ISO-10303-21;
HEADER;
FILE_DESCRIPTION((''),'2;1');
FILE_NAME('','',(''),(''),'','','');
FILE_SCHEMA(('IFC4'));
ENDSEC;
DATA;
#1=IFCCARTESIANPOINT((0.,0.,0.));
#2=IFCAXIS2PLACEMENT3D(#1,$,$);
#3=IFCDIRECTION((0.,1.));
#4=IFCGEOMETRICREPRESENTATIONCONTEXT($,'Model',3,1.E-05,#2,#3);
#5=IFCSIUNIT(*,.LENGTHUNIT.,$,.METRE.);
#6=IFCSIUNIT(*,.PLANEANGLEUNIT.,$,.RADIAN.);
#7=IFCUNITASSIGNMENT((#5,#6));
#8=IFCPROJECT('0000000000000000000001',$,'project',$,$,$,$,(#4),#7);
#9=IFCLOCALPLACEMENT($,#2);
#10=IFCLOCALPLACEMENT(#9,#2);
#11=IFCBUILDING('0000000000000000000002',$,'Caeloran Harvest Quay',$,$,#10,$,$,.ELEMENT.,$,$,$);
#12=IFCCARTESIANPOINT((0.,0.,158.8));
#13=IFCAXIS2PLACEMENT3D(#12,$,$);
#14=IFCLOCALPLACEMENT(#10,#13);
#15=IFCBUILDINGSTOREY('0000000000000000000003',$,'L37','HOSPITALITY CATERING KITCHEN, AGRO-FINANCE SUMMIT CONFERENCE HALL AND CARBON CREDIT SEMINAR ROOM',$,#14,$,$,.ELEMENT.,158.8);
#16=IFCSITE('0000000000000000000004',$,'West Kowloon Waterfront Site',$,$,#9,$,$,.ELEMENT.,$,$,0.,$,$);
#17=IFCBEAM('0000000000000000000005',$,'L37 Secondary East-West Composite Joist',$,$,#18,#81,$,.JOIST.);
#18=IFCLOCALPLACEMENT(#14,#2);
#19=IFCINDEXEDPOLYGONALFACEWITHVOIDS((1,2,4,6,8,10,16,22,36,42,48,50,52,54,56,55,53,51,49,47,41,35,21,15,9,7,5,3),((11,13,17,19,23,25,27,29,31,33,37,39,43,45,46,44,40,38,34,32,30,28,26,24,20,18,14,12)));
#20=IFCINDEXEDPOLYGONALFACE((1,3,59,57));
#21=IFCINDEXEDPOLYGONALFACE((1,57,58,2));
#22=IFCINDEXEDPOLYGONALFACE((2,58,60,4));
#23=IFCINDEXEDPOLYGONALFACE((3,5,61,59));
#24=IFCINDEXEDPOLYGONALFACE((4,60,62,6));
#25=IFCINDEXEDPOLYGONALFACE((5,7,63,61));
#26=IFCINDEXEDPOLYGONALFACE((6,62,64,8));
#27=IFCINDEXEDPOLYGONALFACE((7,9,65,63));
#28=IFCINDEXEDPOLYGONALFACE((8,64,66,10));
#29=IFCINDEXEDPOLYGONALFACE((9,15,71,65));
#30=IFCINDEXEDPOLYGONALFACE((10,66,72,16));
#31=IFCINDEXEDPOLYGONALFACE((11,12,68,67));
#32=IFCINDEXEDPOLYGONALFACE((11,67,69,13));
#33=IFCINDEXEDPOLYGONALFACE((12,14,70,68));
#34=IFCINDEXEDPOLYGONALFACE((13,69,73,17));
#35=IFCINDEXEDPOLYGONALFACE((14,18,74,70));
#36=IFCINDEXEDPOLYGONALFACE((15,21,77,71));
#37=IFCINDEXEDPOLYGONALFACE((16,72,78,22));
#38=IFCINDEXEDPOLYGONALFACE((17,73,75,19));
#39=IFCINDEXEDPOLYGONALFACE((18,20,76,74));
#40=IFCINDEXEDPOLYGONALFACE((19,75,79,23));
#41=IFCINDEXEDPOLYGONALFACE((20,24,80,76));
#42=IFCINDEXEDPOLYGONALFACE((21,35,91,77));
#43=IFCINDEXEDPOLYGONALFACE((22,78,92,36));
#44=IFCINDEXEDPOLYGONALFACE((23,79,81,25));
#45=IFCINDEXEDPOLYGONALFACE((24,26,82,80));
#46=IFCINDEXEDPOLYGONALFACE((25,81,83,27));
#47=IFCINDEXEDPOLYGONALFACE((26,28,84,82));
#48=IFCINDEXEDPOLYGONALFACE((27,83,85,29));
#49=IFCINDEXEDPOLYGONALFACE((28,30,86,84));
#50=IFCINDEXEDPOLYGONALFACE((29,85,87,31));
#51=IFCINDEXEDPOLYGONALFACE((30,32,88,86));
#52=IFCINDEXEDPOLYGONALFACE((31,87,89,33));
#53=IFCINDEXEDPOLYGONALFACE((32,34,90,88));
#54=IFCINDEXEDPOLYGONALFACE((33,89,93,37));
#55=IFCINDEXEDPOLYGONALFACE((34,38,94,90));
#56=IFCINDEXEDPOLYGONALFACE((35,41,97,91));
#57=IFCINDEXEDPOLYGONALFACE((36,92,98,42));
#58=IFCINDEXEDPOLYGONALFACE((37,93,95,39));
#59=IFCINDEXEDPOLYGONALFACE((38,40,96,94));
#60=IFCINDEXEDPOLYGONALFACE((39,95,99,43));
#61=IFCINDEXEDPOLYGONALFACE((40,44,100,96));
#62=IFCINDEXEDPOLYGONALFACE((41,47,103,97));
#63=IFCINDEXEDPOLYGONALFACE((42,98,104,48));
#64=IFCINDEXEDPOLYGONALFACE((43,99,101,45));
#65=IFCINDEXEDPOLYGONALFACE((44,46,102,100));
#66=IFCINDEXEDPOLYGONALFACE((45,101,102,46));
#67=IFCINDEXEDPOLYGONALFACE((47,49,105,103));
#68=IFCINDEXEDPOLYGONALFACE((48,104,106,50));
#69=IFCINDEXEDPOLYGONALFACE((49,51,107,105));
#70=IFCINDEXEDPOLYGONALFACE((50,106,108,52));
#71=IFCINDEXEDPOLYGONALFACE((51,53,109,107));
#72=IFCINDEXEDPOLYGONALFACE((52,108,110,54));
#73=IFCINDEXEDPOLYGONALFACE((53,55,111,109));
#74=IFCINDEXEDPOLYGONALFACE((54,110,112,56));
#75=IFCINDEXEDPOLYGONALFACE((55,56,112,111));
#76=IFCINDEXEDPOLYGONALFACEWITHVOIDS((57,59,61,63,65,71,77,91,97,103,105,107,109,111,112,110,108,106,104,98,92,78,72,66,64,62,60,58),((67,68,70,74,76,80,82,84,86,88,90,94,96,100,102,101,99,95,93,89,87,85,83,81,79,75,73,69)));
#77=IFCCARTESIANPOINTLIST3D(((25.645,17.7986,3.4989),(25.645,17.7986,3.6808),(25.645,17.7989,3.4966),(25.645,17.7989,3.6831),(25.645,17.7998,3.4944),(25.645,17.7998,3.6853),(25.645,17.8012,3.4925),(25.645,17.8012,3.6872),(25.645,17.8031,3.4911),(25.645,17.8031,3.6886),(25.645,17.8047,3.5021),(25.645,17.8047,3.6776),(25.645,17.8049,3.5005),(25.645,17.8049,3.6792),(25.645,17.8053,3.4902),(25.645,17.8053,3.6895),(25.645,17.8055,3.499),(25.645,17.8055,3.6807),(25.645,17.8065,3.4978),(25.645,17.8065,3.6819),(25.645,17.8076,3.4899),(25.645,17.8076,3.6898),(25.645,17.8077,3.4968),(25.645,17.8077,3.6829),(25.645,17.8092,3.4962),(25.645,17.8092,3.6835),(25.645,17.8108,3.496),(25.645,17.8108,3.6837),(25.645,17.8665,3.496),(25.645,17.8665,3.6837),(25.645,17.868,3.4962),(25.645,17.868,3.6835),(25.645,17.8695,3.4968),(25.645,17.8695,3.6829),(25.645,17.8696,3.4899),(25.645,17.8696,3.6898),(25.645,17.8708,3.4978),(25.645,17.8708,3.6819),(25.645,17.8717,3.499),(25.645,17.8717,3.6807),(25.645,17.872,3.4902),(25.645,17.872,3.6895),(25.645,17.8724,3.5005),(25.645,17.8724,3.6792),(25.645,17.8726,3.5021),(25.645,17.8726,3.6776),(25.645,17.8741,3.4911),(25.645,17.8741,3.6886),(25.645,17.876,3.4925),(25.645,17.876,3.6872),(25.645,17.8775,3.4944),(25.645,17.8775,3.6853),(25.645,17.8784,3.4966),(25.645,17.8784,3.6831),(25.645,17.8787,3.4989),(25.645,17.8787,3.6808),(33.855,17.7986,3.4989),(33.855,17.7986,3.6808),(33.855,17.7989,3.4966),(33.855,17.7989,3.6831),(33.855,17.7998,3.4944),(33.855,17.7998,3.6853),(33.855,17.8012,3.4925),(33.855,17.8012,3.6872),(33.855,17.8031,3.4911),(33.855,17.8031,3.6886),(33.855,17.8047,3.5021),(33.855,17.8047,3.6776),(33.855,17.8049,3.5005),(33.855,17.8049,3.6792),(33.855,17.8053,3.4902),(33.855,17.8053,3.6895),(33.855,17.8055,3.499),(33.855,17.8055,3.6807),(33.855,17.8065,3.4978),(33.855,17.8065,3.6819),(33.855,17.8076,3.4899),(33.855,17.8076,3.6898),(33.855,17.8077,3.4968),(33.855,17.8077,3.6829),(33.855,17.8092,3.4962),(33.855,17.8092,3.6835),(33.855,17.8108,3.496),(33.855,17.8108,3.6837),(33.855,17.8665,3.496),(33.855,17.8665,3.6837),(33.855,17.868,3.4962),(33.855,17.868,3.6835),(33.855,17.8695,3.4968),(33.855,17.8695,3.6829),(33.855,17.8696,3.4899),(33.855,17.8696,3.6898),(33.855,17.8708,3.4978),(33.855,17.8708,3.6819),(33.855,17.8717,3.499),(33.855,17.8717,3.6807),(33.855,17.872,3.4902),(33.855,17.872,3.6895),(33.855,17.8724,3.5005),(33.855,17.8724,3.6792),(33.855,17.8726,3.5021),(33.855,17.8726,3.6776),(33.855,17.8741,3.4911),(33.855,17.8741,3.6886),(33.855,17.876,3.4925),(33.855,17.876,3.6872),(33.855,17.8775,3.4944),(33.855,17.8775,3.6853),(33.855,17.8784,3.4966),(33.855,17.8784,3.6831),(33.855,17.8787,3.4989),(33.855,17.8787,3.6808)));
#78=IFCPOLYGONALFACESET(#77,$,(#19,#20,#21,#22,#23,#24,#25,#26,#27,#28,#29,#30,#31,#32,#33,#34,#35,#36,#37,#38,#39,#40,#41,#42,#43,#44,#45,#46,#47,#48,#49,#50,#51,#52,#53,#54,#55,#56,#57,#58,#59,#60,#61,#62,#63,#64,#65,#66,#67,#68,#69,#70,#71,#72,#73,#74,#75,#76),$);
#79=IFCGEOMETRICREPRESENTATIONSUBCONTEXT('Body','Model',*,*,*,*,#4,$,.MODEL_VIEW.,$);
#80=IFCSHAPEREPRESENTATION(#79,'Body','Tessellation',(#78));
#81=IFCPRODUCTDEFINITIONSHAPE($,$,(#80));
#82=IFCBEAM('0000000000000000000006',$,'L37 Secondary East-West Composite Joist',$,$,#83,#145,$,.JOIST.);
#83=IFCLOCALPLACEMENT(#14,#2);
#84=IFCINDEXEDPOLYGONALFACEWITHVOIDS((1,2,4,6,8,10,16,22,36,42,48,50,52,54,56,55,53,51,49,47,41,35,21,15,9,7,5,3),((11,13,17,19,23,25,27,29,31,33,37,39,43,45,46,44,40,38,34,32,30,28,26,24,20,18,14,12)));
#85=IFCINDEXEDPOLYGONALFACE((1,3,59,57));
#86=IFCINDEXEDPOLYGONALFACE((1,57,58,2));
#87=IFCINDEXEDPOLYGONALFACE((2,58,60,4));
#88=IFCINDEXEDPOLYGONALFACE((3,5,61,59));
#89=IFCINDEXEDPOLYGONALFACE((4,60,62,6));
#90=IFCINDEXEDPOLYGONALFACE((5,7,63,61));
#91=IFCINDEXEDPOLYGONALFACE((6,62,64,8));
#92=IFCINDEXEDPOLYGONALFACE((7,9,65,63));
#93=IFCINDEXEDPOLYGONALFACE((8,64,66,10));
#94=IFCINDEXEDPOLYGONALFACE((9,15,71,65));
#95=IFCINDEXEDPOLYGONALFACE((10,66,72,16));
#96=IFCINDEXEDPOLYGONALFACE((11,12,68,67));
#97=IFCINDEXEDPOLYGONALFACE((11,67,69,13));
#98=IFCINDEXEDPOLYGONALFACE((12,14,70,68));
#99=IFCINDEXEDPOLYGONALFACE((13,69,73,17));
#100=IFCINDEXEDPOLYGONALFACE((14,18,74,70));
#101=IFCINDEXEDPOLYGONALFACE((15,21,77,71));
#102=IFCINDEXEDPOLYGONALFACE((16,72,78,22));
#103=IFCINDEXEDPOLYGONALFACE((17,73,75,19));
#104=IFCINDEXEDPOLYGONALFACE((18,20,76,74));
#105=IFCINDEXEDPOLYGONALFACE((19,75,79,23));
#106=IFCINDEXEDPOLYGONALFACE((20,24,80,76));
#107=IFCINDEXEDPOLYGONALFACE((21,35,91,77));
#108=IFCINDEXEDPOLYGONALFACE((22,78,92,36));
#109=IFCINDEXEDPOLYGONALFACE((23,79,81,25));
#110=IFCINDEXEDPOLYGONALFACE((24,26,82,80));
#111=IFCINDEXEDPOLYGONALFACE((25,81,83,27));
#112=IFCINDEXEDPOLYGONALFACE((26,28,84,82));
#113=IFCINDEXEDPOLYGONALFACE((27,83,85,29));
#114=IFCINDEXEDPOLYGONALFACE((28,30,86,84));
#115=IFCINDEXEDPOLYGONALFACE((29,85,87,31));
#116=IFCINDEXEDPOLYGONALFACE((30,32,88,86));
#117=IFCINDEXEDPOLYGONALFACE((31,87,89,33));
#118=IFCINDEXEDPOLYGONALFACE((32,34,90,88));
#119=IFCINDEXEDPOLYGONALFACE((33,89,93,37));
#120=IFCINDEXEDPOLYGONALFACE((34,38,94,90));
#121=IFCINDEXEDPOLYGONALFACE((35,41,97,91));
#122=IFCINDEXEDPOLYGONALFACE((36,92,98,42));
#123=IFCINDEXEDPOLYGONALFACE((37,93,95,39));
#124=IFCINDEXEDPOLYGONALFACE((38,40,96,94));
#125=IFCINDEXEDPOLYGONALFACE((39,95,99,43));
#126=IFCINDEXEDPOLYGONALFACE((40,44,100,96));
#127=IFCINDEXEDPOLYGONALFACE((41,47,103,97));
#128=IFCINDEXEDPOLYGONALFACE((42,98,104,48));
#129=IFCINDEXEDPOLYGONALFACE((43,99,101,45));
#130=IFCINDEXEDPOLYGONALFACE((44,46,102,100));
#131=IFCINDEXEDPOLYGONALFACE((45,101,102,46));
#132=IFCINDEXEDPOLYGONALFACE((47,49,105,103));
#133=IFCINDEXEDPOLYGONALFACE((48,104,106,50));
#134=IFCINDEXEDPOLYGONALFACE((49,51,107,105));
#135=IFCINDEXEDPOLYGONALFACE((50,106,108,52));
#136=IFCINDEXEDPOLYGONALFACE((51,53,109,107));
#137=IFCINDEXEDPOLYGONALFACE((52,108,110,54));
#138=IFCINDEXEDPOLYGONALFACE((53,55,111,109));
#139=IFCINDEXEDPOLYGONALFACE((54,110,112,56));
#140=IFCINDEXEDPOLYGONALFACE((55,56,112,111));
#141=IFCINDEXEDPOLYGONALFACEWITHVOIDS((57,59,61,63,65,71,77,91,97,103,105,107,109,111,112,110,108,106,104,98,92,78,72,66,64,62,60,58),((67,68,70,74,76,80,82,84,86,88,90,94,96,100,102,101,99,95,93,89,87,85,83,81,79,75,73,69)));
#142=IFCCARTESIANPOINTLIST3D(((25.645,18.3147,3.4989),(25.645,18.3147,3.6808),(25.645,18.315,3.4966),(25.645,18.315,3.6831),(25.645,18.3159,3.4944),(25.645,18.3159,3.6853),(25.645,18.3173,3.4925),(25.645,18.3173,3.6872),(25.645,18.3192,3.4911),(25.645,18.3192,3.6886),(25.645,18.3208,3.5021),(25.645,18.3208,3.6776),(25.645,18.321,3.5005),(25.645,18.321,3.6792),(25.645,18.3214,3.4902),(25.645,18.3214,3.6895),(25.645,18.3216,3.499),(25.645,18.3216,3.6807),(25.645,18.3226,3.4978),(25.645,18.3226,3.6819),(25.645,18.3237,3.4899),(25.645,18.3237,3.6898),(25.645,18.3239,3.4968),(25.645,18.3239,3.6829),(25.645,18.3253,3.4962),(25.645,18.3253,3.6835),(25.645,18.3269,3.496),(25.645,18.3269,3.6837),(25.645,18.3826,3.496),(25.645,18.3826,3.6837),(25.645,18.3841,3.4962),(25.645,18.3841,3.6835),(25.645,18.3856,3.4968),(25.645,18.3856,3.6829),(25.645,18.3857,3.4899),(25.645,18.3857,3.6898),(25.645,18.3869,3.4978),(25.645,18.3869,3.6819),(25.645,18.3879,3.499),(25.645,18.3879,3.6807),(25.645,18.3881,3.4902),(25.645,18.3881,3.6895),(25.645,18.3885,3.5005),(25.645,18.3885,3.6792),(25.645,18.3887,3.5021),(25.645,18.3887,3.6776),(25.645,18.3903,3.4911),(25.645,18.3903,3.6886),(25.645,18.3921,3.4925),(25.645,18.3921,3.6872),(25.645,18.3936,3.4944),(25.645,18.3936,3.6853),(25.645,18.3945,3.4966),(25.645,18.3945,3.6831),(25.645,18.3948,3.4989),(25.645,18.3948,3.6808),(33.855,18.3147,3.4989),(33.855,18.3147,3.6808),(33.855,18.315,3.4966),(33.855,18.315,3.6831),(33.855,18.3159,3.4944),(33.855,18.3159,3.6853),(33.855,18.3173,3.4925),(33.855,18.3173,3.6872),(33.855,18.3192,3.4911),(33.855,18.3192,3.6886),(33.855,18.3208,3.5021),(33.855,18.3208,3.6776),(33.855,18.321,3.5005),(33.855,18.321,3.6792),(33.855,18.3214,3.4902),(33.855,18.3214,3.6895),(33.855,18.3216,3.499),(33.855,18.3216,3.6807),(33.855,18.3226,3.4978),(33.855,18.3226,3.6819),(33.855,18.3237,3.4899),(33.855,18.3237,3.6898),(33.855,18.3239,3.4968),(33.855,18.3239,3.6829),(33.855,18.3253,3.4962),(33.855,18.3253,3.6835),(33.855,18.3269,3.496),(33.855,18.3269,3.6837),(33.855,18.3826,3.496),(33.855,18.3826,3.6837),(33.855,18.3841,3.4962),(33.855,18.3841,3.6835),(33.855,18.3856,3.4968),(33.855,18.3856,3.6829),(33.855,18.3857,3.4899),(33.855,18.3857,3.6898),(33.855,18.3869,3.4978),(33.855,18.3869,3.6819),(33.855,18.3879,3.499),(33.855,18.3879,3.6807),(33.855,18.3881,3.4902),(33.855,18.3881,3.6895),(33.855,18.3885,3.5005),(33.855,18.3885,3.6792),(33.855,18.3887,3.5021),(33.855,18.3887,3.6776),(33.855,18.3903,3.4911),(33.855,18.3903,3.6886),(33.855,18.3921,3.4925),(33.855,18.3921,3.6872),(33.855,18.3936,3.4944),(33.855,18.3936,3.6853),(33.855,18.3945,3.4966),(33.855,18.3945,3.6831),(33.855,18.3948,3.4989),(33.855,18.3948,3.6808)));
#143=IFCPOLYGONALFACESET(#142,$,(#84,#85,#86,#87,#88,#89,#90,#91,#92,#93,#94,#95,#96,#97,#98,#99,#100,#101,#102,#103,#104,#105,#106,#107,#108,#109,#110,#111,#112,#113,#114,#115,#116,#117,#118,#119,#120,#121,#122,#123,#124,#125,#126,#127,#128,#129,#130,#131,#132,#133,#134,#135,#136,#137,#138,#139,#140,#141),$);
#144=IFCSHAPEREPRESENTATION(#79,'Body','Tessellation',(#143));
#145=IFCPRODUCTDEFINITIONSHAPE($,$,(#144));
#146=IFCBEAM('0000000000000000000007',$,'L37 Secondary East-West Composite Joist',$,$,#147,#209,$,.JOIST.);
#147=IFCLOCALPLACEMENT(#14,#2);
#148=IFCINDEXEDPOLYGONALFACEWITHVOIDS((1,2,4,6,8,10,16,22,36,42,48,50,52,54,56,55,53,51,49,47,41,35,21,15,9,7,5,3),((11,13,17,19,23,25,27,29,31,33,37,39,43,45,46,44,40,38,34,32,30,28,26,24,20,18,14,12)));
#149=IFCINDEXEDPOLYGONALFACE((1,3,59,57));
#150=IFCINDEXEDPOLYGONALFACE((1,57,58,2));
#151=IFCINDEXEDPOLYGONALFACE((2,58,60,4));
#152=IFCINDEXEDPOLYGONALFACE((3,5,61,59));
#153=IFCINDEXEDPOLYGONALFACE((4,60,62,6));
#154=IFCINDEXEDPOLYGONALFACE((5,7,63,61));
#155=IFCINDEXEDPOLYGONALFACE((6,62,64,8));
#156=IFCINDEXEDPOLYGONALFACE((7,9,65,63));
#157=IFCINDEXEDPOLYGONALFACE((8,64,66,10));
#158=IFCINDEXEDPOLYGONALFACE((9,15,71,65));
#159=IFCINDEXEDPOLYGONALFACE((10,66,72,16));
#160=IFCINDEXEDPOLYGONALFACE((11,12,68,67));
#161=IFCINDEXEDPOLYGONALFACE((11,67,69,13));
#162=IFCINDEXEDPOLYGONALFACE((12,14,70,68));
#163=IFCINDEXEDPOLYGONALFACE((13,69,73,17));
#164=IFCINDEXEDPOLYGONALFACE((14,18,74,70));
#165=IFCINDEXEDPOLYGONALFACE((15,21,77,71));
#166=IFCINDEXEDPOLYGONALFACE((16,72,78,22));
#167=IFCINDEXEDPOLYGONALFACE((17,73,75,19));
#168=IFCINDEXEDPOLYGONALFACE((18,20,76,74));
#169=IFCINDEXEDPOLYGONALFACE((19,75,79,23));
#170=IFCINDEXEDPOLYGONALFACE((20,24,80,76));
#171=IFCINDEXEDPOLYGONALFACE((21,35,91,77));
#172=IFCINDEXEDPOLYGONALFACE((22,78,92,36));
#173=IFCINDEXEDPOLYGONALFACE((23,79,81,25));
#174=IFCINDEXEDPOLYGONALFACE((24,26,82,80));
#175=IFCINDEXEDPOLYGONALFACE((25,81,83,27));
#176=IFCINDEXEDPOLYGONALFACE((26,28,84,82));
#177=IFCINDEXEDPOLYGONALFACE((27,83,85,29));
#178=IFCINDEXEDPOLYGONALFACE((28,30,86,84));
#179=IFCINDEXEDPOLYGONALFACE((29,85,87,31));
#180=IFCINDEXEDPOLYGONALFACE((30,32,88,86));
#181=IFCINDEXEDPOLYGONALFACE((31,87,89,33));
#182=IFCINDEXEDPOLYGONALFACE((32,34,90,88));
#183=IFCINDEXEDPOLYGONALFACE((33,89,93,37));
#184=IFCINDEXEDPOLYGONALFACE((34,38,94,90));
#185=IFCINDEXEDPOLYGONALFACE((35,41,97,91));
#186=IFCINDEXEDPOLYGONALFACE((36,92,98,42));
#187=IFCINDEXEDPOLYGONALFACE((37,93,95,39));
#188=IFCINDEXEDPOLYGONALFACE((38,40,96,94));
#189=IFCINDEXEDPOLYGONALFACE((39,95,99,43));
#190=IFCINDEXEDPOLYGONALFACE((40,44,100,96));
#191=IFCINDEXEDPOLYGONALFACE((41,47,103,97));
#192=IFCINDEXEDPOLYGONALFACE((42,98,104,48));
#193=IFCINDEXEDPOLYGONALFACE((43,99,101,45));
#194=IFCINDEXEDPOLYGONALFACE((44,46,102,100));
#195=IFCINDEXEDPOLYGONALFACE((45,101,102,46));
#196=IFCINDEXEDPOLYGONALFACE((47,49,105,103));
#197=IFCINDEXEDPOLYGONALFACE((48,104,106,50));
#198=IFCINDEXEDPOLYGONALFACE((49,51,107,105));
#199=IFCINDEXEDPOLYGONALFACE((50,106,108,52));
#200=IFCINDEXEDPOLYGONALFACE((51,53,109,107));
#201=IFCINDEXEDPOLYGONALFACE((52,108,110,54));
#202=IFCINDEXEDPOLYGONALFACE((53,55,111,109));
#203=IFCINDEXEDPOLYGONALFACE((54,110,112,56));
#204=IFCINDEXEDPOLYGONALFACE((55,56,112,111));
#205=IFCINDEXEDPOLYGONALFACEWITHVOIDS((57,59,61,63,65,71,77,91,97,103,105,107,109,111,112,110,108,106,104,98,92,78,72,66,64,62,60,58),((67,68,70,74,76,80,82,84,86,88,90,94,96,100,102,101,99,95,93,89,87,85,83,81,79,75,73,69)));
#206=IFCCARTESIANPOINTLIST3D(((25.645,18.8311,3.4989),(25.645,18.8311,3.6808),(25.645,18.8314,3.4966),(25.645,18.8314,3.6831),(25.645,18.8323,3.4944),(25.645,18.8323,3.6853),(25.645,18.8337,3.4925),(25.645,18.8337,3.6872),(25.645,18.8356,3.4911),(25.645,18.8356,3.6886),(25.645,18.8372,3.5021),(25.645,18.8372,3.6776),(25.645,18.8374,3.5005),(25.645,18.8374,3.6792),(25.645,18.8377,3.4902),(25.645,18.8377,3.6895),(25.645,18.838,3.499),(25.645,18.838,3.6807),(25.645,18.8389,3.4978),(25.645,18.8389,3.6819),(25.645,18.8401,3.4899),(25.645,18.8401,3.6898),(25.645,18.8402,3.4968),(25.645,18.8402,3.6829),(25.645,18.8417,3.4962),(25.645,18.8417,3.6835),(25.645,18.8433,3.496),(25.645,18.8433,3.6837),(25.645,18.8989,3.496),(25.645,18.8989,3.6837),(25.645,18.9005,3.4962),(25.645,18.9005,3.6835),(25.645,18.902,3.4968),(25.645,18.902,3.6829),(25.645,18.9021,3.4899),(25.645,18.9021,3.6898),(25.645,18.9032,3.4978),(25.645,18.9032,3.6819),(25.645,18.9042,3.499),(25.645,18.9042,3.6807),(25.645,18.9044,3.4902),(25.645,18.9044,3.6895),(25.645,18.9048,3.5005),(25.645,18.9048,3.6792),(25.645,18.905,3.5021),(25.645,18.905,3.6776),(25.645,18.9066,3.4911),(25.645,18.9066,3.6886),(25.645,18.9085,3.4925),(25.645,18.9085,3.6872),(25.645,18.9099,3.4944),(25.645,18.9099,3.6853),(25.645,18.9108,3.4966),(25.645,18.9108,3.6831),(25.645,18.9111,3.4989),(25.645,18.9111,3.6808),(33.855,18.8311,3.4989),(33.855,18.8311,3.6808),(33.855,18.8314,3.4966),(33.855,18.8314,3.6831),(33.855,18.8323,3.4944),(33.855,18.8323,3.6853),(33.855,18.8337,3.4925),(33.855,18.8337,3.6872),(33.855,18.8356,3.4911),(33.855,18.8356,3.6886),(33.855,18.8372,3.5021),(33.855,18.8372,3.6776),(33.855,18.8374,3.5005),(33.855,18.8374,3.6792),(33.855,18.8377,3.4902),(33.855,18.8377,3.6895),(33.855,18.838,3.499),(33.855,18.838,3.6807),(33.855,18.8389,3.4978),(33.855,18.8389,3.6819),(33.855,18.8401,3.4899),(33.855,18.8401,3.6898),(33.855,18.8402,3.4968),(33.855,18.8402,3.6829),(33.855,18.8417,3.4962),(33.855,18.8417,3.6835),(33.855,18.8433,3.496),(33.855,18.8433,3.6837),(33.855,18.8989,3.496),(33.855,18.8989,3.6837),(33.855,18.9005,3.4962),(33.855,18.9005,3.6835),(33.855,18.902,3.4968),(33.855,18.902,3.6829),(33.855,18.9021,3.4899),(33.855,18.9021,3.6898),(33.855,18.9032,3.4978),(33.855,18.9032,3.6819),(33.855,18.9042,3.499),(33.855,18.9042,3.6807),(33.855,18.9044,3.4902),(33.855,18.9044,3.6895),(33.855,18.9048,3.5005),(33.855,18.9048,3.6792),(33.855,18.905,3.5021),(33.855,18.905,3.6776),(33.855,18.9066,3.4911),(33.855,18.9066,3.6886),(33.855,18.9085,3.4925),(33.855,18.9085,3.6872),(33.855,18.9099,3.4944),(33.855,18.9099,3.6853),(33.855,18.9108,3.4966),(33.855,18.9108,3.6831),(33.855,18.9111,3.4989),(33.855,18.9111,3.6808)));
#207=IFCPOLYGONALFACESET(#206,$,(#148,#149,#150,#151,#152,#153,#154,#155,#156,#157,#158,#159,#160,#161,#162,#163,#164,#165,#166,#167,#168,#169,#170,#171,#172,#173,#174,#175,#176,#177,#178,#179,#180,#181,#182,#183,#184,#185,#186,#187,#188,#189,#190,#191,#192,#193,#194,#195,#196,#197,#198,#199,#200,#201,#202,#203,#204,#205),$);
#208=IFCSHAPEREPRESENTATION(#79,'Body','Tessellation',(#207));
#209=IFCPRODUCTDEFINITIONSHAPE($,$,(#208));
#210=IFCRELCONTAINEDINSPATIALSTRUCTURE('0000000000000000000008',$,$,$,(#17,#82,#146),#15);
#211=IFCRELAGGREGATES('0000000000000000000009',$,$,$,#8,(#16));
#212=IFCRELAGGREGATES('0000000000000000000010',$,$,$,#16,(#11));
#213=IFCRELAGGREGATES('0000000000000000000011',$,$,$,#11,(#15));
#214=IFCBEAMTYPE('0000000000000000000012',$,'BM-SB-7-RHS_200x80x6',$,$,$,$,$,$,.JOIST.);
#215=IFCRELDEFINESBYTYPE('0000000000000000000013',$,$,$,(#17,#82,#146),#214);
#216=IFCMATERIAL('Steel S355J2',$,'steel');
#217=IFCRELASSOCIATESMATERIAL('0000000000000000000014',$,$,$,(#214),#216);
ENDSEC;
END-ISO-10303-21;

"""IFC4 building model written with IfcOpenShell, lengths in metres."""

from ifc_helpers import new_model, si_unit, direction, frame, origin, origin_2d, place, context, subcontext, project, spatial, hollow_rectangle, extrude, material, material_profile, profile_set, type_object, element, save


model = new_model("IFC4")

# Units and contexts
model_context = context("Model", 3, precision=1e-05, world=origin(), true_north=direction((0.0, 1.0)))
body_context = subcontext(model_context, "Body", "Model", "MODEL_VIEW")
ifc_project = project(units=[si_unit("LENGTHUNIT", "METRE"), si_unit("PLANEANGLEUNIT", "RADIAN")], contexts=[model_context])

# Site, building, storey
site_placement = place(None, origin())
site = spatial("IfcSite", under=ifc_project, at=site_placement, Name="West Kowloon Waterfront Site", CompositionType="ELEMENT", RefElevation=0.0)
building_placement = place(site_placement, origin())
building = spatial("IfcBuilding", under=site, at=building_placement, Name="Caeloran Harvest Quay", CompositionType="ELEMENT")
storey_placement = place(building_placement, frame((0.0, 0.0, 158.8)))
storey = spatial("IfcBuildingStorey", under=building, at=storey_placement, Name="L37", Description="HOSPITALITY CATERING KITCHEN, AGRO-FINANCE SUMMIT CONFERENCE HALL AND CARBON CREDIT SEMINAR ROOM", CompositionType="ELEMENT", Elevation=158.8)

# Beams
ifc_material_1 = material(Name="Steel S355J2", Category="steel")
ifc_material_profile_1 = material_profile(ifc_material_1, hollow_rectangle(XDim=0.0801, YDim=0.2, WallThickness=0.0061, InnerFilletRadius=0.0061, OuterFilletRadius=0.009, at=origin_2d()), Name="RHS 200x80x6")
ifc_profile_set_1 = profile_set([ifc_material_profile_1], Name="Steel S355J2")
beam_type_1 = type_object("IfcBeamType", Name="BM-SB-7-RHS_200x80x6", PredefinedType="JOIST", material=ifc_profile_set_1)
for number, where, z_axis, x_axis, name in (
    (1, (25.645, 17.8386, 3.5898), (1.0, 0.0, 0.0), (0.0, 1.0, 0.0), "L37 Secondary East-West Composite Joist"),
    (2, (25.645, 18.3547, 3.5898), (1.0, 0.0, 0.0), (0.0, 1.0, 0.0), "L37 Secondary East-West Composite Joist"),
    (3, (25.645, 18.8711, 3.5898), (1.0, 0.0, 0.0), (0.0, 1.0, 0.0), "L37 Secondary East-West Composite Joist"),
):
    element("IfcBeam", number, at=place(storey_placement, frame(where, z_axis=z_axis, x_axis=x_axis)), inside=storey, type_object=beam_type_1, Name=name, PredefinedType="JOIST", context=body_context, shape_type="SweptSolid", body=[
        extrude(hollow_rectangle(XDim=0.0801, YDim=0.2, WallThickness=0.0061, InnerFilletRadius=0.0061, OuterFilletRadius=0.009, at=origin_2d()), origin(), (0.0, 0.0, 1.0), 8.21),
    ])

save(model, "model.ifc")
